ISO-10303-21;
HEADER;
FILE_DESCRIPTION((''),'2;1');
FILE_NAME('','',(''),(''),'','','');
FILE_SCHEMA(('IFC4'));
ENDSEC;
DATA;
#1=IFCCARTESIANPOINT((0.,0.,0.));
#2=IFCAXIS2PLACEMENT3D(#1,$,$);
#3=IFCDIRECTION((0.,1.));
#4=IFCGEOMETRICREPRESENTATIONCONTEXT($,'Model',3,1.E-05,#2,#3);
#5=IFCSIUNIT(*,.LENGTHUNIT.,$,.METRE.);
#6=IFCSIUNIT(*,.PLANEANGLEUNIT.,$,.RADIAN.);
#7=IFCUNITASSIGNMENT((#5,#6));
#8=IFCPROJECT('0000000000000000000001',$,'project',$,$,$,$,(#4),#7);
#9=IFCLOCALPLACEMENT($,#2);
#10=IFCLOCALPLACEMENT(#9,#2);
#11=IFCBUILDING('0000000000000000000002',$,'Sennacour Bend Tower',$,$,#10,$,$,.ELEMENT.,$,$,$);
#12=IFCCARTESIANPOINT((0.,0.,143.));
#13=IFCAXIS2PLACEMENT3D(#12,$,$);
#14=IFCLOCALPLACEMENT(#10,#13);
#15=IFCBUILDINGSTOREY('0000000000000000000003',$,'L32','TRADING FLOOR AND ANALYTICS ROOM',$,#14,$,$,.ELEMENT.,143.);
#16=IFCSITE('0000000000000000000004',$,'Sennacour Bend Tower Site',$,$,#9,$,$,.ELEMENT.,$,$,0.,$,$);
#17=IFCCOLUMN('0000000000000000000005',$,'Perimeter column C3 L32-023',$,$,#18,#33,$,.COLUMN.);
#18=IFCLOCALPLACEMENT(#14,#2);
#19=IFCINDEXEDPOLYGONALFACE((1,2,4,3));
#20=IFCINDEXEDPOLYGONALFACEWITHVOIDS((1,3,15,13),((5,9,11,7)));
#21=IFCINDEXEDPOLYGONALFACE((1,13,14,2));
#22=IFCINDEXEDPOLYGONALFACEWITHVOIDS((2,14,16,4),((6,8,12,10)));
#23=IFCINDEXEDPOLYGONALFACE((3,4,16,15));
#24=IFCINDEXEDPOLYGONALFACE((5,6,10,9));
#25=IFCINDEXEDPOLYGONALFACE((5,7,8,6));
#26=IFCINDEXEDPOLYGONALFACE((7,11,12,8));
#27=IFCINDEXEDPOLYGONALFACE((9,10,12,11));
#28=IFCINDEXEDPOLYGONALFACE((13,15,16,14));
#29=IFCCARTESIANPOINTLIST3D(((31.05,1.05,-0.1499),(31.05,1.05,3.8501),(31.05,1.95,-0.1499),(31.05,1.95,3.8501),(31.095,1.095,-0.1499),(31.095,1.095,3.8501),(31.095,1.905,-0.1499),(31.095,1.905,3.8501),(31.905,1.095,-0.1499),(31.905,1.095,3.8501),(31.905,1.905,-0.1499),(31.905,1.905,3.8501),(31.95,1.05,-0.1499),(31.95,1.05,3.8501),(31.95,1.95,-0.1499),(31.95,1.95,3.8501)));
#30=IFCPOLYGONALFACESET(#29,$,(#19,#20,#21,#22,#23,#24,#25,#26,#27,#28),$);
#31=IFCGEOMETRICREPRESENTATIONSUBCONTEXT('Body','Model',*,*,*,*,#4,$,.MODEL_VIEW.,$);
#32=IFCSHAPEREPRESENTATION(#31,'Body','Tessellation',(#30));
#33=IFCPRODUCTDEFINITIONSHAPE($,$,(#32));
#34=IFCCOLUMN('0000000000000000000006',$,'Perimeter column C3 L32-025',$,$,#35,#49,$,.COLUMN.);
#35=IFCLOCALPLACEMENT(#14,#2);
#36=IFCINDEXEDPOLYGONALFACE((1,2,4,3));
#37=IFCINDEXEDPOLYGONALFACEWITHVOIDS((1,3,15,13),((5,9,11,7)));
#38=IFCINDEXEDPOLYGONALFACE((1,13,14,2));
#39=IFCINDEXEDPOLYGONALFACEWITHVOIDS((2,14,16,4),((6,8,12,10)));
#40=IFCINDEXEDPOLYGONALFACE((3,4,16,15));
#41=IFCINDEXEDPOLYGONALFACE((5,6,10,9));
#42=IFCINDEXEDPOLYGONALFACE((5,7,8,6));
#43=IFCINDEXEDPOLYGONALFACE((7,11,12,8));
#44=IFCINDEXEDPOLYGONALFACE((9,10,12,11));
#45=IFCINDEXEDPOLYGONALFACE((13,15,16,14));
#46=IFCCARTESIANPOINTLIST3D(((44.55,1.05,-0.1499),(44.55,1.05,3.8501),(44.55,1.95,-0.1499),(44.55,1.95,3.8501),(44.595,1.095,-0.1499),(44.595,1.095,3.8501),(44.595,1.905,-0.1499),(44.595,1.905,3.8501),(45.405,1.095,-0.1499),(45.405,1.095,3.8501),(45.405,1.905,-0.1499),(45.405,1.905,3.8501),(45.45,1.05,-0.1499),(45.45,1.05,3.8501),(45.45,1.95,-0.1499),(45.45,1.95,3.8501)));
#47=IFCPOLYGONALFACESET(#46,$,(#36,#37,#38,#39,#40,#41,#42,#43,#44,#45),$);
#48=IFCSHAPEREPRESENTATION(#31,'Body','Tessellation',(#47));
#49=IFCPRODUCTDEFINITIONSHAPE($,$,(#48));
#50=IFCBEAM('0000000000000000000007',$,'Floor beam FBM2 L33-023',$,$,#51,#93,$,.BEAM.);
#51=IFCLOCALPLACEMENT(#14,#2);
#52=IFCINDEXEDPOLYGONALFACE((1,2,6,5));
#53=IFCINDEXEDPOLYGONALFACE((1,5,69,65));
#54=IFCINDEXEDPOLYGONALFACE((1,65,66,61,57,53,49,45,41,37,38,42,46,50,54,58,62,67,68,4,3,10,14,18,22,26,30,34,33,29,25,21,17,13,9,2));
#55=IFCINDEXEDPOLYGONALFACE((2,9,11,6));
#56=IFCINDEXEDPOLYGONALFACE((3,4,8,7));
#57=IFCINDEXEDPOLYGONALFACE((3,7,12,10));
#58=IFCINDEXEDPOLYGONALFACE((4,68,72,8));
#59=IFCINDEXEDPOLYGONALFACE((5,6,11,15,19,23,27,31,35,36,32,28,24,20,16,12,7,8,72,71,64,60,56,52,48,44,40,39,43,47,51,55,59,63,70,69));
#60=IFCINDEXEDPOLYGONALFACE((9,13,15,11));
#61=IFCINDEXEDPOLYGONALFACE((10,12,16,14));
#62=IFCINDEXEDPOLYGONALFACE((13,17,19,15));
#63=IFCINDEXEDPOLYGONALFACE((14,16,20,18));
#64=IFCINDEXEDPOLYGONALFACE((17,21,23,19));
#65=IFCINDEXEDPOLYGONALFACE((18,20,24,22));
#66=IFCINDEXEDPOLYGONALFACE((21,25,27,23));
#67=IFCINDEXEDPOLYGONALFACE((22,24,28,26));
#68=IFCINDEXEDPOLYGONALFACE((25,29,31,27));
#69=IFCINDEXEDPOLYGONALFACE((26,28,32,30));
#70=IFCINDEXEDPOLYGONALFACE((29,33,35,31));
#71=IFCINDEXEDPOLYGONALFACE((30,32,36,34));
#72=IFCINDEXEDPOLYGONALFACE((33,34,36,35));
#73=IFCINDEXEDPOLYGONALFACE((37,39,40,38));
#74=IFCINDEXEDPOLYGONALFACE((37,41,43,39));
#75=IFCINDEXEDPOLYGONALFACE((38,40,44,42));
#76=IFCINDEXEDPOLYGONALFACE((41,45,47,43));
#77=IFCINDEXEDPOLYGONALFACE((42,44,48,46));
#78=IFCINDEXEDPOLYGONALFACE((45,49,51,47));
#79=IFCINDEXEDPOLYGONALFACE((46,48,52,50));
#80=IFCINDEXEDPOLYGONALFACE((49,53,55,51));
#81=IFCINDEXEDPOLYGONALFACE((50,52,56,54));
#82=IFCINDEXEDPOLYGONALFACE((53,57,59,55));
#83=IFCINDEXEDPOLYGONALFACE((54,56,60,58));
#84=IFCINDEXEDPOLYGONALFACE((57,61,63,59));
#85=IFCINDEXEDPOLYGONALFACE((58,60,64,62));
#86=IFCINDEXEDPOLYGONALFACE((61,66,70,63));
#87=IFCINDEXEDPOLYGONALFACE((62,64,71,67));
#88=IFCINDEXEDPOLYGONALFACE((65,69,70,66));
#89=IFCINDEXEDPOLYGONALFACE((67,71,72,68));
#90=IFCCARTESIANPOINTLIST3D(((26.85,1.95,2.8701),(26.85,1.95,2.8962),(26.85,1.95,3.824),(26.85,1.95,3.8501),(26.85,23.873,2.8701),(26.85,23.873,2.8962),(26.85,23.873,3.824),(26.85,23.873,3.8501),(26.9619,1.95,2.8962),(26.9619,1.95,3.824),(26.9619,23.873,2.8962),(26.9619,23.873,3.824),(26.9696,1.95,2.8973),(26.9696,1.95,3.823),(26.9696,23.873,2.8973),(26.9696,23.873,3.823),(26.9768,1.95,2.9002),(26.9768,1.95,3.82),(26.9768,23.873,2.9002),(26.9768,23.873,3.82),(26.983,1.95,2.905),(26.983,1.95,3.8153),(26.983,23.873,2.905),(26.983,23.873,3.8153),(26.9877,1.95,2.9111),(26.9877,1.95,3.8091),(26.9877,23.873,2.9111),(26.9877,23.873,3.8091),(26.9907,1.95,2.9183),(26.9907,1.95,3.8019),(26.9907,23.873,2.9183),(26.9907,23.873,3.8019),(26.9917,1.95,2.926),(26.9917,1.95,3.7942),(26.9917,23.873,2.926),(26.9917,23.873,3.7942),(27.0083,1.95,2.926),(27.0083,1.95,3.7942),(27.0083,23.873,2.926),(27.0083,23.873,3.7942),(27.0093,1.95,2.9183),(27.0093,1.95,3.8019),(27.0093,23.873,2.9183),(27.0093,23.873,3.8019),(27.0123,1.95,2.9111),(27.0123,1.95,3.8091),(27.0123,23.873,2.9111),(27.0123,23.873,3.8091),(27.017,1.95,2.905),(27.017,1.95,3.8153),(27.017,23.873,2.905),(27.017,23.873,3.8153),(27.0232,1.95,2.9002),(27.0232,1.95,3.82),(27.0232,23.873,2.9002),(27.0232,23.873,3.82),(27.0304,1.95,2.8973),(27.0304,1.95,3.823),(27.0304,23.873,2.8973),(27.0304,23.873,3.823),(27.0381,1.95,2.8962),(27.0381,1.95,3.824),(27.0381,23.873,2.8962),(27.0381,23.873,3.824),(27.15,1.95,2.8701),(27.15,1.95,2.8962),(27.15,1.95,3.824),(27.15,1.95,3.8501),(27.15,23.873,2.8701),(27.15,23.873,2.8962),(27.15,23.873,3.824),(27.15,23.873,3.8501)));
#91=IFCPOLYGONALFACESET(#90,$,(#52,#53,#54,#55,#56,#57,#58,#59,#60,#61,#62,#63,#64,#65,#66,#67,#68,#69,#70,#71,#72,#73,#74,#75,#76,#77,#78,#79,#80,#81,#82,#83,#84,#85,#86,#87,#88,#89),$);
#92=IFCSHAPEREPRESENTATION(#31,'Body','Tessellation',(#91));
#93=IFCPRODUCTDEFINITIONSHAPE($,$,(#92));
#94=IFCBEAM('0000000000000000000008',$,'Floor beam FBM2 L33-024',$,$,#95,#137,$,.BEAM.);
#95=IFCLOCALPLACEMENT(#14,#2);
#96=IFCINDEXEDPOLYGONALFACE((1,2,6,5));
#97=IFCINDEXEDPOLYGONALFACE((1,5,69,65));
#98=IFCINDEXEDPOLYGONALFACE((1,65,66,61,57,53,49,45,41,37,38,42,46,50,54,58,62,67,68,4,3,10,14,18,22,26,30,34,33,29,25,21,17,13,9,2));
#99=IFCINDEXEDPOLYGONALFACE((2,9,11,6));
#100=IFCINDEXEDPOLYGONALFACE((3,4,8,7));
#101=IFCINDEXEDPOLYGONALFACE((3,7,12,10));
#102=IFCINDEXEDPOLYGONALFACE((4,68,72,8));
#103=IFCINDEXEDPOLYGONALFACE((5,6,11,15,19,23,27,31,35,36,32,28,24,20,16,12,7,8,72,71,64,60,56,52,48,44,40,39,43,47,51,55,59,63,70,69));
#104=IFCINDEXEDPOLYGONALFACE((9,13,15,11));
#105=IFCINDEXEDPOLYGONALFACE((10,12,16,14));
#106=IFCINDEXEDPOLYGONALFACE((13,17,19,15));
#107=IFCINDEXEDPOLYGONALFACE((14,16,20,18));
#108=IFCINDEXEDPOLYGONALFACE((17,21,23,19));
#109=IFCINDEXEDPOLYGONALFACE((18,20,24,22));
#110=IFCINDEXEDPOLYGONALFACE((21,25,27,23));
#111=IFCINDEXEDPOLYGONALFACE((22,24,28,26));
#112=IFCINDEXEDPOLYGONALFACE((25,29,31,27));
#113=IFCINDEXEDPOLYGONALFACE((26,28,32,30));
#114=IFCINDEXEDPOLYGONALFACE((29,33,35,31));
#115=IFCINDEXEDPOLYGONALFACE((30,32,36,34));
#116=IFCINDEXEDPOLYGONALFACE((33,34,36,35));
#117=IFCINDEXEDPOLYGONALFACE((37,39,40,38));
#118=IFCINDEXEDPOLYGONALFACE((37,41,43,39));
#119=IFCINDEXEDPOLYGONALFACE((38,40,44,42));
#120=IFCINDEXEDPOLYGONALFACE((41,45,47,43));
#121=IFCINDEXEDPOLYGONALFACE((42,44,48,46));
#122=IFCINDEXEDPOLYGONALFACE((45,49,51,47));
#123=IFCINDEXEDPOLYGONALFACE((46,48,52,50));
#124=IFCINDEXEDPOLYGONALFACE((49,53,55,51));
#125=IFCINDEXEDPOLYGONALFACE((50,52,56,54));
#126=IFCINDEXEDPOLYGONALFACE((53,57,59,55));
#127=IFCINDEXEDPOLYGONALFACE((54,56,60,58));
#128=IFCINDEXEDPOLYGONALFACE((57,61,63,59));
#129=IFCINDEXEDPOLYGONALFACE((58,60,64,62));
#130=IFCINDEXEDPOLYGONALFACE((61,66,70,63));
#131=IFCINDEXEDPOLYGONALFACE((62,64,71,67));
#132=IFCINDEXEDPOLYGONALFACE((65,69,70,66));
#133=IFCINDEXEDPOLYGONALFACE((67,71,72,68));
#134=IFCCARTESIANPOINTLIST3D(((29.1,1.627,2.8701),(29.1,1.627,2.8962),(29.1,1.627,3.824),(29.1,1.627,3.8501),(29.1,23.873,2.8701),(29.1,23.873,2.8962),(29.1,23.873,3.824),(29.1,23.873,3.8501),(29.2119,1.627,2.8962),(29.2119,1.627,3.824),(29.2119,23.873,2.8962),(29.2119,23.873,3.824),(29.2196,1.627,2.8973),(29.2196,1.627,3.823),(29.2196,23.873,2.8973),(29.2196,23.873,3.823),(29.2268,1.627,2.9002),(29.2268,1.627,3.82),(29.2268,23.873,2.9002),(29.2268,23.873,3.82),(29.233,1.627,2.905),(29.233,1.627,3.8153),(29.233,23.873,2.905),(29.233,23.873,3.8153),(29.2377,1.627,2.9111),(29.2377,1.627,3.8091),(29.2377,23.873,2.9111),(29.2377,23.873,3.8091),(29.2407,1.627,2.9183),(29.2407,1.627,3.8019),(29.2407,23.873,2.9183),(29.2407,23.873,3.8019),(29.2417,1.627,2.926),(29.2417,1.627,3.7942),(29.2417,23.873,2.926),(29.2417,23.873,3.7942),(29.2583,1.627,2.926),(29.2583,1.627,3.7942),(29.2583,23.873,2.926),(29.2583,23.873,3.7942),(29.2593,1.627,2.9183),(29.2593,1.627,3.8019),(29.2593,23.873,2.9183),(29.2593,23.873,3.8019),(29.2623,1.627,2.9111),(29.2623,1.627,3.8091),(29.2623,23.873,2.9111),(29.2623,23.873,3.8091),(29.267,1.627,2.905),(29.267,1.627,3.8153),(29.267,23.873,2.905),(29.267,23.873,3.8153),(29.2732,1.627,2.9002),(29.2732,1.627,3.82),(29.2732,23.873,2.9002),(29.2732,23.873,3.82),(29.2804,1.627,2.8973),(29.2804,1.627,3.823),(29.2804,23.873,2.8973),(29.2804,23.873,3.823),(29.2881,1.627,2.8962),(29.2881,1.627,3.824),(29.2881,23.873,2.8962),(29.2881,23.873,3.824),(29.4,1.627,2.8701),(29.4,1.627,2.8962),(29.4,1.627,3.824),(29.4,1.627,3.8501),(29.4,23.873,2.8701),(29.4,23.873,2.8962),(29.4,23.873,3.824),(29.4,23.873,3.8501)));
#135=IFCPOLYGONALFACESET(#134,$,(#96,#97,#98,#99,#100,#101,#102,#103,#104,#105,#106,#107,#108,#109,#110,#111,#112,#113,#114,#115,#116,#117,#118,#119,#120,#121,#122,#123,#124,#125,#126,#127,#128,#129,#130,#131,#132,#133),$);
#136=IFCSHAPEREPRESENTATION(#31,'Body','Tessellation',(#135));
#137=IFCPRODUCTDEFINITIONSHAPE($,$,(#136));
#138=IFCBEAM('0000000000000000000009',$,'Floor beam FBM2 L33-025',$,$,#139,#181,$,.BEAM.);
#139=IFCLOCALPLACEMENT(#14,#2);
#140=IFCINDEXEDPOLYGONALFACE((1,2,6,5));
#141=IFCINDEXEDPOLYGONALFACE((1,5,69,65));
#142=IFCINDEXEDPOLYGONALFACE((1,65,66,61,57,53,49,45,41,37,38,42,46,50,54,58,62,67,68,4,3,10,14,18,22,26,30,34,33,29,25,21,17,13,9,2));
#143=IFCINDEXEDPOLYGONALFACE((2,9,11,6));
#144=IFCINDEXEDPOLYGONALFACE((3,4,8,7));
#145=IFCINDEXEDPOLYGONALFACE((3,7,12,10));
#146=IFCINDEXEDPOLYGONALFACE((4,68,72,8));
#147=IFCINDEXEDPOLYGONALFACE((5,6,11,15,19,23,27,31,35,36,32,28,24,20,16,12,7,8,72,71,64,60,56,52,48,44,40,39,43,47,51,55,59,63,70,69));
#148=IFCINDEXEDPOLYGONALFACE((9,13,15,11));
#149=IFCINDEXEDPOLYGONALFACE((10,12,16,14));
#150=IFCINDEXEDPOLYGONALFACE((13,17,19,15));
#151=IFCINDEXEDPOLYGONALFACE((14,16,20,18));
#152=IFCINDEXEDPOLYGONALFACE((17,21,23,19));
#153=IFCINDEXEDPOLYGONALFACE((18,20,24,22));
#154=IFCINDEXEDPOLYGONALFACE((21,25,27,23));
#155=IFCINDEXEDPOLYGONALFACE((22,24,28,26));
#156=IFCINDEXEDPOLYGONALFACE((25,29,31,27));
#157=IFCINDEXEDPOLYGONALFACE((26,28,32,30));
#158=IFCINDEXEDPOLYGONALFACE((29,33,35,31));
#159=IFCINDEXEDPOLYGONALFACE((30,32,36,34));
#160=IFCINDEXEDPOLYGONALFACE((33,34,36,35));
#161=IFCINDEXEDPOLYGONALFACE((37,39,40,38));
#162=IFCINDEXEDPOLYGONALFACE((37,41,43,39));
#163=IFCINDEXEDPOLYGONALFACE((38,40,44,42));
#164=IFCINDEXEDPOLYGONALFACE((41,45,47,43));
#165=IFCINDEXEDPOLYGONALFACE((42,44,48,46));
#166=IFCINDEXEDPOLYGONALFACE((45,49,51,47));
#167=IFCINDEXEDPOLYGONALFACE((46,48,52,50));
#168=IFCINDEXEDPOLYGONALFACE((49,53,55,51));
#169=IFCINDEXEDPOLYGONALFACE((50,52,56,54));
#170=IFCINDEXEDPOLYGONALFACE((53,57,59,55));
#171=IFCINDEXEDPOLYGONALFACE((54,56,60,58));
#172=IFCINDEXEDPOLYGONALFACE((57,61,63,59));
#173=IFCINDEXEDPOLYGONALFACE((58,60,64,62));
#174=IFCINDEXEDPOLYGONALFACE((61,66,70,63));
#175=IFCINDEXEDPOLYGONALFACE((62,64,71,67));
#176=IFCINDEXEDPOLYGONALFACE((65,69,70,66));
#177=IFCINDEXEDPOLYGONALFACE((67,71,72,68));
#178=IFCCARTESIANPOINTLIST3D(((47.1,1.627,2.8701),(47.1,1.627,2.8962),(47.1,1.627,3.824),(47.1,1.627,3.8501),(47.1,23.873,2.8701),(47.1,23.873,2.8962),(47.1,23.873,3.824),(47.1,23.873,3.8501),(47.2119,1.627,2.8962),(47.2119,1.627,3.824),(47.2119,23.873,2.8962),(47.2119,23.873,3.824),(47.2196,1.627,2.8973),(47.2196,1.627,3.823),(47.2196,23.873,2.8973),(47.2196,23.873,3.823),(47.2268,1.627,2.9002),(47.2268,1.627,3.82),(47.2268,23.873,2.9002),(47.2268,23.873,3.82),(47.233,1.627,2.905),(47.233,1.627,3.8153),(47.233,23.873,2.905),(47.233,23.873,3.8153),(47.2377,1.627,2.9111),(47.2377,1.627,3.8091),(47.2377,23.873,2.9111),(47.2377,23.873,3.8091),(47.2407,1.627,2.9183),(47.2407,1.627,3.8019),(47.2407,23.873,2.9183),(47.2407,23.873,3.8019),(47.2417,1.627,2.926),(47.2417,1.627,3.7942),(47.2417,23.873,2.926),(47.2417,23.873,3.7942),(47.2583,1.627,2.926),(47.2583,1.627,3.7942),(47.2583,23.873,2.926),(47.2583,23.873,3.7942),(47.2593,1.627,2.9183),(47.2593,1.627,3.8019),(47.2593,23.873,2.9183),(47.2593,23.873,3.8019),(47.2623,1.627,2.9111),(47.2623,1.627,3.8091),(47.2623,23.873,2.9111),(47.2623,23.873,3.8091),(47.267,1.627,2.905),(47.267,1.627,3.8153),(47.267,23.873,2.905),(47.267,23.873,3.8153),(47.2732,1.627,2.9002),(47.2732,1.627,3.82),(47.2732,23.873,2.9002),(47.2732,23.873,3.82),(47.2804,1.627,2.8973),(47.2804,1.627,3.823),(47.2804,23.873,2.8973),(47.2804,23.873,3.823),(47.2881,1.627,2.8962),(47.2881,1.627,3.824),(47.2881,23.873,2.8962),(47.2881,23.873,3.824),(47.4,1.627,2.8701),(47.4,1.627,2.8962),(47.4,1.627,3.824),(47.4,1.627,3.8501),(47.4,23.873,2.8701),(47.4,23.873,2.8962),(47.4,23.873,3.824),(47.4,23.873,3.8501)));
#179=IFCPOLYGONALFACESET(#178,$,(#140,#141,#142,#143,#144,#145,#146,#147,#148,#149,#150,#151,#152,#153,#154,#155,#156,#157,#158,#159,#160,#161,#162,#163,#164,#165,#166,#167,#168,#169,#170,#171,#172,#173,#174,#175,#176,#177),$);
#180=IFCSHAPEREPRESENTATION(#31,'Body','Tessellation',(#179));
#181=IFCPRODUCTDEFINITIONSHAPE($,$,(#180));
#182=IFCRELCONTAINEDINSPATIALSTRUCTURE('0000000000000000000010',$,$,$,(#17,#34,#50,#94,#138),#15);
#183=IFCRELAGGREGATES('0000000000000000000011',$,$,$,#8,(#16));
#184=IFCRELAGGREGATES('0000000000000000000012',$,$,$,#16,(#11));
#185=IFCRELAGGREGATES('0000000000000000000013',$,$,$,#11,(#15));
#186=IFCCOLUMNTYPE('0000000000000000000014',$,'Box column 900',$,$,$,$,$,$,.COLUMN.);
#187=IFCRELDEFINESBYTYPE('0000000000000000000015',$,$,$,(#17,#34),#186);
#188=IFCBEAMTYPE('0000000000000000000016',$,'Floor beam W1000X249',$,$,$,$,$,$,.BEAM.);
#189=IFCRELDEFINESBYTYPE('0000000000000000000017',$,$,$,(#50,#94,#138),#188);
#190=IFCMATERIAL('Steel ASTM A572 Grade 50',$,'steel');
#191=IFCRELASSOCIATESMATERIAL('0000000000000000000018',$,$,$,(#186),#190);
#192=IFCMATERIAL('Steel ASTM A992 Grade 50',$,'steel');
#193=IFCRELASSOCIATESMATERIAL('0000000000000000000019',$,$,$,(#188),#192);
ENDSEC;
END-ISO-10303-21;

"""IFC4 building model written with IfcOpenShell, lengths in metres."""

from ifc_helpers import new_model, si_unit, direction, frame, origin, origin_2d, place, context, subcontext, project, spatial, hollow_rectangle, i_section, extrude, material, material_profile, profile_set, type_object, element, save


model = new_model("IFC4")

# Units and contexts
model_context = context("Model", 3, precision=1e-05, world=origin(), true_north=direction((0.0, 1.0)))
body_context = subcontext(model_context, "Body", "Model", "MODEL_VIEW")
ifc_project = project(units=[si_unit("LENGTHUNIT", "METRE"), si_unit("PLANEANGLEUNIT", "RADIAN")], contexts=[model_context])

# Site, building, storey
site_placement = place(None, origin())
site = spatial("IfcSite", under=ifc_project, at=site_placement, Name="Sennacour Bend Tower Site", CompositionType="ELEMENT", RefElevation=0.0)
building_placement = place(site_placement, origin())
building = spatial("IfcBuilding", under=site, at=building_placement, Name="Sennacour Bend Tower", CompositionType="ELEMENT")
storey_placement = place(building_placement, frame((0.0, 0.0, 143.0)))
storey = spatial("IfcBuildingStorey", under=building, at=storey_placement, Name="L32", Description="TRADING FLOOR AND ANALYTICS ROOM", CompositionType="ELEMENT", Elevation=143.0)

# Columns
ifc_material_1 = material(Name="Steel ASTM A572 Grade 50", Category="steel")
ifc_material_profile_1 = material_profile(ifc_material_1, hollow_rectangle(XDim=0.8999, YDim=0.8999, WallThickness=0.0449, at=origin_2d()), Name="Steel ASTM A572 Grade 50", Category="steel")
ifc_profile_set_1 = profile_set([ifc_material_profile_1], Name="Steel ASTM A572 Grade 50")
column_type = type_object("IfcColumnType", Name="Box column 900", PredefinedType="COLUMN", material=ifc_profile_set_1)
for number, where, z_axis, x_axis, name in (
    (1, (31.5, 1.5, -0.1499), (0.0, 0.0, 1.0), (1.0, 0.0, 0.0), "Perimeter column C3 L32-023"),
    (2, (45.0, 1.5, -0.1499), (0.0, 0.0, 1.0), (1.0, 0.0, 0.0), "Perimeter column C3 L32-025"),
):
    element("IfcColumn", number, at=place(storey_placement, frame(where, z_axis=z_axis, x_axis=x_axis)), inside=storey, type_object=column_type, Name=name, PredefinedType="COLUMN", context=body_context, shape_type="SweptSolid", body=[
        extrude(hollow_rectangle(XDim=0.8999, YDim=0.8999, WallThickness=0.0449, at=origin_2d()), origin(), (0.0, 0.0, 1.0), 4.0),
    ])

# Beams
ifc_material_2 = material(Name="Steel ASTM A992 Grade 50", Category="steel")
ifc_material_profile_2 = material_profile(ifc_material_2, i_section(OverallWidth=0.3, OverallDepth=0.98, WebThickness=0.0166, FlangeThickness=0.0261, FilletRadius=0.0298, at=origin_2d()), Name="Steel ASTM A992 Grade 50", Category="steel")
ifc_profile_set_2 = profile_set([ifc_material_profile_2], Name="Steel ASTM A992 Grade 50")
beam_type_1 = type_object("IfcBeamType", Name="Floor beam W1000X249", PredefinedType="BEAM", material=ifc_profile_set_2)
beam_1_placement = place(storey_placement, frame((27.0, 1.95, 3.3601), z_axis=(0.0, 1.0, 0.0), x_axis=(-1.0, 0.0, 0.0)))
element("IfcBeam", 3, at=beam_1_placement, inside=storey, type_object=beam_type_1, Name="Floor beam FBM2 L33-023", PredefinedType="BEAM", context=body_context, shape_type="SweptSolid", body=[
    extrude(i_section(OverallWidth=0.3, OverallDepth=0.98, WebThickness=0.0166, FlangeThickness=0.0261, FilletRadius=0.0298, at=origin_2d()), origin(), (0.0, 0.0, 1.0), 21.9231),
])
for number, where, z_axis, x_axis, name in (
    (4, (29.25, 1.627, 3.3601), (0.0, 1.0, 0.0), (-1.0, 0.0, 0.0), "Floor beam FBM2 L33-024"),
    (5, (47.25, 1.627, 3.3601), (0.0, 1.0, 0.0), (-1.0, 0.0, 0.0), "Floor beam FBM2 L33-025"),
):
    element("IfcBeam", number, at=place(storey_placement, frame(where, z_axis=z_axis, x_axis=x_axis)), inside=storey, type_object=beam_type_1, Name=name, PredefinedType="BEAM", context=body_context, shape_type="SweptSolid", body=[
        extrude(i_section(OverallWidth=0.3, OverallDepth=0.98, WebThickness=0.0166, FlangeThickness=0.0261, FilletRadius=0.0298, at=origin_2d()), origin(), (0.0, 0.0, 1.0), 22.2461),
    ])

save(model, "model.ifc")
